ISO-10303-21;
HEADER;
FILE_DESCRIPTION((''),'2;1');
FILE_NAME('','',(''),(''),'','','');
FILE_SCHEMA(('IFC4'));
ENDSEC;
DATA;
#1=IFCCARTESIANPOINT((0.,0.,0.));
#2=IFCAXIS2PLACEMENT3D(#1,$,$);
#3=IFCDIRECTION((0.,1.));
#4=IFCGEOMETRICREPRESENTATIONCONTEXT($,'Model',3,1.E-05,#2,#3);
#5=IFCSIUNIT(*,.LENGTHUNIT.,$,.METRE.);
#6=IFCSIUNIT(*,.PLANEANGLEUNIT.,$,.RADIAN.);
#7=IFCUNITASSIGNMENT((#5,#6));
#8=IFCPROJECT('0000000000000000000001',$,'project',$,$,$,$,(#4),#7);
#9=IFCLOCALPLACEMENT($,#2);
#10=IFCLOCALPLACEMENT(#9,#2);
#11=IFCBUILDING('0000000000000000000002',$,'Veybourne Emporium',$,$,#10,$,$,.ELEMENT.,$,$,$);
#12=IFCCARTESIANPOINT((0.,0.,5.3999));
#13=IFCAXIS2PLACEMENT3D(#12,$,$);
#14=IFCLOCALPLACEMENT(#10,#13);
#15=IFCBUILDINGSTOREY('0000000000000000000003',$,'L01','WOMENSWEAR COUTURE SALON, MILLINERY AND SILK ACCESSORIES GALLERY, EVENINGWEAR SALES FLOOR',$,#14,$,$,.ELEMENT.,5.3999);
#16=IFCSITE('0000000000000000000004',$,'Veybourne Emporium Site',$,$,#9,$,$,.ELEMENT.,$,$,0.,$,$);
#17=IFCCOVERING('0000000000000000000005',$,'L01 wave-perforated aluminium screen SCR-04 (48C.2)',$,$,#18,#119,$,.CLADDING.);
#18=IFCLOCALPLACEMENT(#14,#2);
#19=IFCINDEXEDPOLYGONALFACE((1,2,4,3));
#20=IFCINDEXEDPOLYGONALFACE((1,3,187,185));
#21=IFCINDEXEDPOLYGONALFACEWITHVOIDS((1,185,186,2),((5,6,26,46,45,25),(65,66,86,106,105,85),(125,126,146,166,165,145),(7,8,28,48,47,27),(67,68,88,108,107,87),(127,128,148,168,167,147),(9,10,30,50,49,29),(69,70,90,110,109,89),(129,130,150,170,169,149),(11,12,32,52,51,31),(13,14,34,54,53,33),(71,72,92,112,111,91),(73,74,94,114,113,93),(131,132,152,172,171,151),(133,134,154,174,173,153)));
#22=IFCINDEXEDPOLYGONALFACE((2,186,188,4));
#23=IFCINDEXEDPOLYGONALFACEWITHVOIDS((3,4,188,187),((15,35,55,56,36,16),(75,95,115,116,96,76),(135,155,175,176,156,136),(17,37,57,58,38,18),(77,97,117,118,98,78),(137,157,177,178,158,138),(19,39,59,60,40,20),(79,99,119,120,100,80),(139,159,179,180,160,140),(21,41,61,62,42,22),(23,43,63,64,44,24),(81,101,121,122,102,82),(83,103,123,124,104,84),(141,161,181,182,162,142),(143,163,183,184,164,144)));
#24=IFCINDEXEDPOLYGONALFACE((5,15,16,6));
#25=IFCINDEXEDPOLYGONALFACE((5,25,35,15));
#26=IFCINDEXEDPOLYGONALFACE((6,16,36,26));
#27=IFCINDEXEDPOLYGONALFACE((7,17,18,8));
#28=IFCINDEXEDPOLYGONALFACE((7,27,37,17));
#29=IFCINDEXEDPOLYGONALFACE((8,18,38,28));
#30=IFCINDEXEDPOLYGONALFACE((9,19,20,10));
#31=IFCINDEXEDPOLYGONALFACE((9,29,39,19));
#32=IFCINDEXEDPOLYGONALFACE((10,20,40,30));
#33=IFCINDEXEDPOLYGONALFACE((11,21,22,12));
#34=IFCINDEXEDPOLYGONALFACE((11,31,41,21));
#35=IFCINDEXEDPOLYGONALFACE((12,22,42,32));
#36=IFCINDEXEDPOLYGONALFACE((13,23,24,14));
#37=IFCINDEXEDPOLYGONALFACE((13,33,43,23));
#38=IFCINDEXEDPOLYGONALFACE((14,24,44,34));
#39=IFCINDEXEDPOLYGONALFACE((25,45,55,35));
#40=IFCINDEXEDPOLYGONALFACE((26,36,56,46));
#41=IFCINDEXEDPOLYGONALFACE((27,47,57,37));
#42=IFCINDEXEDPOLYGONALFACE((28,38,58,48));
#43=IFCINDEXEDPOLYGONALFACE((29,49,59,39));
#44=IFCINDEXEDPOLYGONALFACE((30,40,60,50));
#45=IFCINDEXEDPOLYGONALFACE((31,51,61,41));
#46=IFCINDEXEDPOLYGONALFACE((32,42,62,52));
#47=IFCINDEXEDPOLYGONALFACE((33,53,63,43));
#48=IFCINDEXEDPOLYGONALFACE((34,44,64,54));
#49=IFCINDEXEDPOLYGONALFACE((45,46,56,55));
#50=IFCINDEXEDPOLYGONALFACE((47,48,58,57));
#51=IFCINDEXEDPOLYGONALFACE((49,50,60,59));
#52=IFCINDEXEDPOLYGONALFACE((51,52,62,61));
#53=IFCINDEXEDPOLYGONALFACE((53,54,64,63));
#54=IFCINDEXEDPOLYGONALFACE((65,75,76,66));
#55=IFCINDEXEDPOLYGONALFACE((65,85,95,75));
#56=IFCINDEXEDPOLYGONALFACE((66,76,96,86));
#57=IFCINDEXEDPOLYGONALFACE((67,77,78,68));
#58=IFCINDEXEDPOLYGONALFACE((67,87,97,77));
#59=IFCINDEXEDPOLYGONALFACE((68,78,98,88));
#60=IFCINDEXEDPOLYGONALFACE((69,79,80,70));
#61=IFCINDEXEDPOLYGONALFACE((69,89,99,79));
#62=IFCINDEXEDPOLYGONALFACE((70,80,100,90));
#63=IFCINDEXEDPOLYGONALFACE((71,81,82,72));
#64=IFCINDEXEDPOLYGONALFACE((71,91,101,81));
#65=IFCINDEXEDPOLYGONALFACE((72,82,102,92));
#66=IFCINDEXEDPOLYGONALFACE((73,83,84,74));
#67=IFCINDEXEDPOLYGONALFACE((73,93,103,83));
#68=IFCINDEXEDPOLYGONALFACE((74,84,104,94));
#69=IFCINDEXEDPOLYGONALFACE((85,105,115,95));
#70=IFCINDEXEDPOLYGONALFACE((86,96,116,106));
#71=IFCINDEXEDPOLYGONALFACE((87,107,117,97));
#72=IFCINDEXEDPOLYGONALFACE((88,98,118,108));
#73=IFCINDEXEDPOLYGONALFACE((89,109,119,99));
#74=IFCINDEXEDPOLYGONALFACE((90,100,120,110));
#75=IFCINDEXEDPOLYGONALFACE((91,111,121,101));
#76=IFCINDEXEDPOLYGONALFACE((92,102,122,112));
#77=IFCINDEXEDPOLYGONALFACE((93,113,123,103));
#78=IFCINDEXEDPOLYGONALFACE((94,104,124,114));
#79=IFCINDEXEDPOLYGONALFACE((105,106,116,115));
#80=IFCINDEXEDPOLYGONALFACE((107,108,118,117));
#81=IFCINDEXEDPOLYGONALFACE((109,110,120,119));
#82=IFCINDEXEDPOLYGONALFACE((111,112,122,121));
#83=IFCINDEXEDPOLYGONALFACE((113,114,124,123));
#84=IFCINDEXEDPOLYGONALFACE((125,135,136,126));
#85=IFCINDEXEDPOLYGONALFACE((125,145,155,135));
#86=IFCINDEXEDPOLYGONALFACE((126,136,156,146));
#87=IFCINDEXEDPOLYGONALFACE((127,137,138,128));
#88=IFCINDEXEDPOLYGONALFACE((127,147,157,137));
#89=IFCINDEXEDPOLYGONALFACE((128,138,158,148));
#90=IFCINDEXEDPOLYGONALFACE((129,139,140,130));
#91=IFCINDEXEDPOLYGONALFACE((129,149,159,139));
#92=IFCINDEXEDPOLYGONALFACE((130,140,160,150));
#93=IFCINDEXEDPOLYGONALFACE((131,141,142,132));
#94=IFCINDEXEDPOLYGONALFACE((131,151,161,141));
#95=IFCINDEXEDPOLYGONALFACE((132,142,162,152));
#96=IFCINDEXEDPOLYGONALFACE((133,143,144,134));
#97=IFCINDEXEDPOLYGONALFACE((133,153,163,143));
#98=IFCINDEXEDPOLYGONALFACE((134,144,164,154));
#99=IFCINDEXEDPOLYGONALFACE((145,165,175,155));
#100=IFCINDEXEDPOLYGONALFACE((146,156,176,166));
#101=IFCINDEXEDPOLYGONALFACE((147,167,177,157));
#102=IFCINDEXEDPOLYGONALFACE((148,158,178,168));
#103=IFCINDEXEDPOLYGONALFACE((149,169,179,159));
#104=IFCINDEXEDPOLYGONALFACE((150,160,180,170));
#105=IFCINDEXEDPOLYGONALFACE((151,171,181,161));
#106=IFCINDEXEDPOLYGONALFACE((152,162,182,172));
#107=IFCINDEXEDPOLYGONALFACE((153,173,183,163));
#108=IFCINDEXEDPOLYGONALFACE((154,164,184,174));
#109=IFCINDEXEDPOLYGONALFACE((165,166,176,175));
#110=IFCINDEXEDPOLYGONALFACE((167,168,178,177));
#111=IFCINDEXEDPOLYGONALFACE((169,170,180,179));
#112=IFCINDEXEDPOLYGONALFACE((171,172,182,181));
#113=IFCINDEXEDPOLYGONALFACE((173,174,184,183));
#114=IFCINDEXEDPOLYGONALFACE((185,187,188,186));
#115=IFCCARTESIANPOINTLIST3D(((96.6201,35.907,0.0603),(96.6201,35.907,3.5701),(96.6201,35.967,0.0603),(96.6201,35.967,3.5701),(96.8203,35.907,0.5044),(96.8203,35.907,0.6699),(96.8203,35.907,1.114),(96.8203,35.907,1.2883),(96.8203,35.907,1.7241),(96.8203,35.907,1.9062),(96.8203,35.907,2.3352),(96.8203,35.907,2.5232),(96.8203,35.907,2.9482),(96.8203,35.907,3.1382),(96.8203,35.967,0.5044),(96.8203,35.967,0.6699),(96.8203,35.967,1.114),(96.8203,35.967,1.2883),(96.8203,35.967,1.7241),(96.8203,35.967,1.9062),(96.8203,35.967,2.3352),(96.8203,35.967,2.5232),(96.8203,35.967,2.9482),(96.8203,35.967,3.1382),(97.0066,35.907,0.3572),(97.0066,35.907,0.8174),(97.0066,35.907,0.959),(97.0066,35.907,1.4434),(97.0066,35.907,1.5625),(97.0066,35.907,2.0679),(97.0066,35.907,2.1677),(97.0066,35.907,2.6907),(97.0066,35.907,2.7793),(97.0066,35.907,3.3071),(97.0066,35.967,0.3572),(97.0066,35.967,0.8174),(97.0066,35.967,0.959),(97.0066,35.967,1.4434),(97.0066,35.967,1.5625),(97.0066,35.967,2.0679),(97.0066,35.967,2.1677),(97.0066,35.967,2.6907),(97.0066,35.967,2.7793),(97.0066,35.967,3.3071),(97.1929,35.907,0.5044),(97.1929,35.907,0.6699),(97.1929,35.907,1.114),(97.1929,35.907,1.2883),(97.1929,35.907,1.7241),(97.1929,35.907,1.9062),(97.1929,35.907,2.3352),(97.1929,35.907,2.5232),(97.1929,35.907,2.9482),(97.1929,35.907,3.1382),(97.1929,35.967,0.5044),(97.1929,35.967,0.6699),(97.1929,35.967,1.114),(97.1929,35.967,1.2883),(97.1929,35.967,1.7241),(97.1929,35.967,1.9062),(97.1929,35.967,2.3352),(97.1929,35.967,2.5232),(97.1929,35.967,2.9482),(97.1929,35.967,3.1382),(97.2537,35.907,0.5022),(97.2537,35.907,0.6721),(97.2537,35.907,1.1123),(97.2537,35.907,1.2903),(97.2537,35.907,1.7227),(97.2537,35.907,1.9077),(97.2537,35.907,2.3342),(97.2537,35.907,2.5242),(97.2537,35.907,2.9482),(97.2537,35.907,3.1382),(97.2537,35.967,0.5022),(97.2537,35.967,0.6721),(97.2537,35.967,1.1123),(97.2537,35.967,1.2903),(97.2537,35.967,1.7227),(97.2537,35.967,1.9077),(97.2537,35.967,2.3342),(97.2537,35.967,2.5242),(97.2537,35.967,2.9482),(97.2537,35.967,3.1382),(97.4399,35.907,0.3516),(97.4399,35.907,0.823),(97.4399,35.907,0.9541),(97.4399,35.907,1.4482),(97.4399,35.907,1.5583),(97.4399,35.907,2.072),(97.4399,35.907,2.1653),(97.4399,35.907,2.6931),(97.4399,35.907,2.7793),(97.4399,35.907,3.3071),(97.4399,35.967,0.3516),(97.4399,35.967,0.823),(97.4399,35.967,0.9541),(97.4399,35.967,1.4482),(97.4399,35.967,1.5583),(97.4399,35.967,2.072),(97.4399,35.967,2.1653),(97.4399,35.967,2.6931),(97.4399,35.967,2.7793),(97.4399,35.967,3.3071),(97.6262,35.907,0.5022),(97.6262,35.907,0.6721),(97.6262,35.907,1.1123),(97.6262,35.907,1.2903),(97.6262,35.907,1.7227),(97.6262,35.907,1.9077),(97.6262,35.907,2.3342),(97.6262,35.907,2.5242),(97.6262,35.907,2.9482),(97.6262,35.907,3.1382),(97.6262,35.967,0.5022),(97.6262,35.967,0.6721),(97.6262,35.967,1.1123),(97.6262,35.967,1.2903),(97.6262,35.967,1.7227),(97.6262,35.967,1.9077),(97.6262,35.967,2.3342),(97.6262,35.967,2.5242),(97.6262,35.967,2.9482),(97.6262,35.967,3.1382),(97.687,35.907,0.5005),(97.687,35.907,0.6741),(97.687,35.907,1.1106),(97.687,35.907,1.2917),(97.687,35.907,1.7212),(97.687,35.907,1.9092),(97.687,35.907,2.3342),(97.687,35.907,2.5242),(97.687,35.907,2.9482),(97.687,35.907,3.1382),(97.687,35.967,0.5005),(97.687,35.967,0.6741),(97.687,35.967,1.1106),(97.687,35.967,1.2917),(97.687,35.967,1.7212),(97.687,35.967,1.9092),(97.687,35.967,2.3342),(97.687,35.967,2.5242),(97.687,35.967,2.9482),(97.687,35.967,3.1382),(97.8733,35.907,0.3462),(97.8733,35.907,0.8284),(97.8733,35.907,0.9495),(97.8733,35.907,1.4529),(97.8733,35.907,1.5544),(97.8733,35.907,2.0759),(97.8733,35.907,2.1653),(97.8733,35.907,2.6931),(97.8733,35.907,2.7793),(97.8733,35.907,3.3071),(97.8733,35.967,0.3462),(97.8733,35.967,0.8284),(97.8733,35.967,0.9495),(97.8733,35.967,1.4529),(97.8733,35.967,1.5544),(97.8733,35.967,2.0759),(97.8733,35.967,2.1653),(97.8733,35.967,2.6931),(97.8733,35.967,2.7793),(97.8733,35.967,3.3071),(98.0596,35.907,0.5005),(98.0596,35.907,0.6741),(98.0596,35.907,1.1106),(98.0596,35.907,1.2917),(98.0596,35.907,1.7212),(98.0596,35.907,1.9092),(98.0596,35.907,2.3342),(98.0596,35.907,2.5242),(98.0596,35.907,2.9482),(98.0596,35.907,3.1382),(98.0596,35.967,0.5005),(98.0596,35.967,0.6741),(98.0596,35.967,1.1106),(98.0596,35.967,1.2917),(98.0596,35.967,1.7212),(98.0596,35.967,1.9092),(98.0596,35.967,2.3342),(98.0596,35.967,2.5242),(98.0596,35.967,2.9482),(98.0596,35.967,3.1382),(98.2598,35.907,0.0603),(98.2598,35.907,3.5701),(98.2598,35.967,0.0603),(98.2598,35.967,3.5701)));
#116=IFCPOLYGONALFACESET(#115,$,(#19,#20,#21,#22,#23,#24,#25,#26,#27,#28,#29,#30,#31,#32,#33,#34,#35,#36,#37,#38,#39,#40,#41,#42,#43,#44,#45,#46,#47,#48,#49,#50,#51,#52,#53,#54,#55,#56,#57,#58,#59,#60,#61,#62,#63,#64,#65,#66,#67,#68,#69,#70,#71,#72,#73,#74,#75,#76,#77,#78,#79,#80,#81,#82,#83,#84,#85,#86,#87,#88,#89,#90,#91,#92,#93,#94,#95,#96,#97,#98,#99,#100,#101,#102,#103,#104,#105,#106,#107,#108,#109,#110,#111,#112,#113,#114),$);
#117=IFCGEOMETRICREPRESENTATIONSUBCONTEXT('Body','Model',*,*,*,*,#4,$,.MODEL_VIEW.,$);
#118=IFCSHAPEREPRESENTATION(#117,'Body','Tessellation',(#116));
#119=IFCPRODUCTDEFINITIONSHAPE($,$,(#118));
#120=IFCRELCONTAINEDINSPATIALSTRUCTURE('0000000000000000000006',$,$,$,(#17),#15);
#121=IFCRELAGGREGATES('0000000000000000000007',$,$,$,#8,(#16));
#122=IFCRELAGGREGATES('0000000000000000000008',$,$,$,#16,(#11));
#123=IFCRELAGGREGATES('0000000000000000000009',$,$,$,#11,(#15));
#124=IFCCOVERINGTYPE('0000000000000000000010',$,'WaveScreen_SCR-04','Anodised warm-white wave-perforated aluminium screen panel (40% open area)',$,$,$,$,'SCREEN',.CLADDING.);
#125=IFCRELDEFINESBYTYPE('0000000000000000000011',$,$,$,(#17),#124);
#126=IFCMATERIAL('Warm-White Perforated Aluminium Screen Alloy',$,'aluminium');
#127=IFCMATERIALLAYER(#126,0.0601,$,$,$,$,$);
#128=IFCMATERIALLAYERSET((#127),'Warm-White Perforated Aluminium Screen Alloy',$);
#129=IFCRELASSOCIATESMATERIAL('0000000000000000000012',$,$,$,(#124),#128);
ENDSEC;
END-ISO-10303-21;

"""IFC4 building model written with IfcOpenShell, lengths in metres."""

from ifc_helpers import new_model, si_unit, direction, frame, origin, place, context, subcontext, project, spatial, polyline, outline, extrude, material, layer, layer_set, type_object, element, save


model = new_model("IFC4")

# Units and contexts
model_context = context("Model", 3, precision=1e-05, world=origin(), true_north=direction((0.0, 1.0)))
body_context = subcontext(model_context, "Body", "Model", "MODEL_VIEW")
ifc_project = project(units=[si_unit("LENGTHUNIT", "METRE"), si_unit("PLANEANGLEUNIT", "RADIAN")], contexts=[model_context])

# Site, building, storey
site_placement = place(None, origin())
site = spatial("IfcSite", under=ifc_project, at=site_placement, Name="Veybourne Emporium Site", CompositionType="ELEMENT", RefElevation=0.0)
building_placement = place(site_placement, origin())
building = spatial("IfcBuilding", under=site, at=building_placement, Name="Veybourne Emporium", CompositionType="ELEMENT")
storey_placement = place(building_placement, frame((0.0, 0.0, 5.3999)))
storey = spatial("IfcBuildingStorey", under=building, at=storey_placement, Name="L01", Description="WOMENSWEAR COUTURE SALON, MILLINERY AND SILK ACCESSORIES GALLERY, EVENINGWEAR SALES FLOOR", CompositionType="ELEMENT", Elevation=5.3999)

# Covering
ifc_material_1 = material(Name="Warm-White Perforated Aluminium Screen Alloy", Category="aluminium")
ifc_layer_1 = layer(ifc_material_1, 0.0601)
ifc_layer_set_1 = layer_set([ifc_layer_1], Name="Warm-White Perforated Aluminium Screen Alloy")
covering_type_1 = type_object("IfcCoveringType", Name="WaveScreen_SCR-04", Description="Anodised warm-white wave-perforated aluminium screen panel (40% open area)", ElementType="SCREEN", PredefinedType="CLADDING", material=ifc_layer_set_1)
covering_1_placement = place(storey_placement, frame((97.4399, 35.907, 1.8152), z_axis=(0.0, 1.0, 0.0), x_axis=(-1.0, 0.0, 0.0)))
element("IfcCovering", 1, at=covering_1_placement, inside=storey, type_object=covering_type_1, Name="L01 wave-perforated aluminium screen SCR-04 (48C.2)", PredefinedType="CLADDING", context=body_context, shape_type="SweptSolid", body=[
    extrude(outline(polyline([(-0.8198, -1.7549), (0.8198, -1.7549), (0.8198, 1.7549), (-0.8198, 1.7549), (-0.8198, -1.7549)]), holes=[polyline([(-0.4333, -0.9868), (-0.2471, -1.1411), (-0.2471, -1.3147), (-0.4333, -1.469), (-0.6196, -1.3147), (-0.6196, -1.1411), (-0.4333, -0.9868)]), polyline([(-0.4333, -0.3623), (-0.2471, -0.5234), (-0.2471, -0.7046), (-0.4333, -0.8657), (-0.6196, -0.7046), (-0.6196, -0.5234), (-0.4333, -0.3623)]), polyline([(-0.4333, 0.2607), (-0.2471, 0.094), (-0.2471, -0.094), (-0.4333, -0.2607), (-0.6196, -0.094), (-0.6196, 0.094), (-0.4333, 0.2607)]), polyline([(-0.4333, 0.8779), (-0.2471, 0.709), (-0.2471, 0.519), (-0.4333, 0.3501), (-0.6196, 0.519), (-0.6196, 0.709), (-0.4333, 0.8779)]), polyline([(-0.4333, 1.4919), (-0.2471, 1.323), (-0.2471, 1.1331), (-0.4333, 0.9641), (-0.6196, 1.1331), (-0.6196, 1.323), (-0.4333, 1.4919)]), polyline([(0.0, -0.9922), (0.1863, -1.1431), (0.1863, -1.313), (0.0, -1.4636), (-0.1863, -1.313), (-0.1863, -1.1431), (0.0, -0.9922)]), polyline([(0.0, -0.3669), (0.1863, -0.5249), (0.1863, -0.7029), (0.0, -0.8611), (-0.1863, -0.7029), (-0.1863, -0.5249), (0.0, -0.3669)]), polyline([(0.0, 0.2568), (0.1863, 0.0925), (0.1863, -0.0925), (0.0, -0.2568), (-0.1863, -0.0925), (-0.1863, 0.0925), (0.0, 0.2568)]), polyline([(0.0, 0.8779), (0.1863, 0.709), (0.1863, 0.519), (0.0, 0.3501), (-0.1863, 0.519), (-0.1863, 0.709), (0.0, 0.8779)]), polyline([(0.0, 1.4919), (0.1863, 1.323), (0.1863, 1.1331), (0.0, 0.9641), (-0.1863, 1.1331), (-0.1863, 1.323), (0.0, 1.4919)]), polyline([(0.4333, -0.9978), (0.6196, -1.1453), (0.6196, -1.3108), (0.4333, -1.458), (0.2471, -1.3108), (0.2471, -1.1453), (0.4333, -0.9978)]), polyline([(0.4333, -0.3718), (0.6196, -0.5269), (0.6196, -0.7012), (0.4333, -0.8562), (0.2471, -0.7012), (0.2471, -0.5269), (0.4333, -0.3718)]), polyline([(0.4333, 0.2527), (0.6196, 0.0911), (0.6196, -0.0911), (0.4333, -0.2527), (0.2471, -0.0911), (0.2471, 0.0911), (0.4333, 0.2527)]), polyline([(0.4333, 0.8755), (0.6196, 0.708), (0.6196, 0.52), (0.4333, 0.3525), (0.2471, 0.52), (0.2471, 0.708), (0.4333, 0.8755)]), polyline([(0.4333, 1.4919), (0.6196, 1.323), (0.6196, 1.1331), (0.4333, 0.9641), (0.2471, 1.1331), (0.2471, 1.323), (0.4333, 1.4919)])]), origin(), (0.0, 0.0, 1.0), 0.0601),
])

save(model, "model.ifc")
